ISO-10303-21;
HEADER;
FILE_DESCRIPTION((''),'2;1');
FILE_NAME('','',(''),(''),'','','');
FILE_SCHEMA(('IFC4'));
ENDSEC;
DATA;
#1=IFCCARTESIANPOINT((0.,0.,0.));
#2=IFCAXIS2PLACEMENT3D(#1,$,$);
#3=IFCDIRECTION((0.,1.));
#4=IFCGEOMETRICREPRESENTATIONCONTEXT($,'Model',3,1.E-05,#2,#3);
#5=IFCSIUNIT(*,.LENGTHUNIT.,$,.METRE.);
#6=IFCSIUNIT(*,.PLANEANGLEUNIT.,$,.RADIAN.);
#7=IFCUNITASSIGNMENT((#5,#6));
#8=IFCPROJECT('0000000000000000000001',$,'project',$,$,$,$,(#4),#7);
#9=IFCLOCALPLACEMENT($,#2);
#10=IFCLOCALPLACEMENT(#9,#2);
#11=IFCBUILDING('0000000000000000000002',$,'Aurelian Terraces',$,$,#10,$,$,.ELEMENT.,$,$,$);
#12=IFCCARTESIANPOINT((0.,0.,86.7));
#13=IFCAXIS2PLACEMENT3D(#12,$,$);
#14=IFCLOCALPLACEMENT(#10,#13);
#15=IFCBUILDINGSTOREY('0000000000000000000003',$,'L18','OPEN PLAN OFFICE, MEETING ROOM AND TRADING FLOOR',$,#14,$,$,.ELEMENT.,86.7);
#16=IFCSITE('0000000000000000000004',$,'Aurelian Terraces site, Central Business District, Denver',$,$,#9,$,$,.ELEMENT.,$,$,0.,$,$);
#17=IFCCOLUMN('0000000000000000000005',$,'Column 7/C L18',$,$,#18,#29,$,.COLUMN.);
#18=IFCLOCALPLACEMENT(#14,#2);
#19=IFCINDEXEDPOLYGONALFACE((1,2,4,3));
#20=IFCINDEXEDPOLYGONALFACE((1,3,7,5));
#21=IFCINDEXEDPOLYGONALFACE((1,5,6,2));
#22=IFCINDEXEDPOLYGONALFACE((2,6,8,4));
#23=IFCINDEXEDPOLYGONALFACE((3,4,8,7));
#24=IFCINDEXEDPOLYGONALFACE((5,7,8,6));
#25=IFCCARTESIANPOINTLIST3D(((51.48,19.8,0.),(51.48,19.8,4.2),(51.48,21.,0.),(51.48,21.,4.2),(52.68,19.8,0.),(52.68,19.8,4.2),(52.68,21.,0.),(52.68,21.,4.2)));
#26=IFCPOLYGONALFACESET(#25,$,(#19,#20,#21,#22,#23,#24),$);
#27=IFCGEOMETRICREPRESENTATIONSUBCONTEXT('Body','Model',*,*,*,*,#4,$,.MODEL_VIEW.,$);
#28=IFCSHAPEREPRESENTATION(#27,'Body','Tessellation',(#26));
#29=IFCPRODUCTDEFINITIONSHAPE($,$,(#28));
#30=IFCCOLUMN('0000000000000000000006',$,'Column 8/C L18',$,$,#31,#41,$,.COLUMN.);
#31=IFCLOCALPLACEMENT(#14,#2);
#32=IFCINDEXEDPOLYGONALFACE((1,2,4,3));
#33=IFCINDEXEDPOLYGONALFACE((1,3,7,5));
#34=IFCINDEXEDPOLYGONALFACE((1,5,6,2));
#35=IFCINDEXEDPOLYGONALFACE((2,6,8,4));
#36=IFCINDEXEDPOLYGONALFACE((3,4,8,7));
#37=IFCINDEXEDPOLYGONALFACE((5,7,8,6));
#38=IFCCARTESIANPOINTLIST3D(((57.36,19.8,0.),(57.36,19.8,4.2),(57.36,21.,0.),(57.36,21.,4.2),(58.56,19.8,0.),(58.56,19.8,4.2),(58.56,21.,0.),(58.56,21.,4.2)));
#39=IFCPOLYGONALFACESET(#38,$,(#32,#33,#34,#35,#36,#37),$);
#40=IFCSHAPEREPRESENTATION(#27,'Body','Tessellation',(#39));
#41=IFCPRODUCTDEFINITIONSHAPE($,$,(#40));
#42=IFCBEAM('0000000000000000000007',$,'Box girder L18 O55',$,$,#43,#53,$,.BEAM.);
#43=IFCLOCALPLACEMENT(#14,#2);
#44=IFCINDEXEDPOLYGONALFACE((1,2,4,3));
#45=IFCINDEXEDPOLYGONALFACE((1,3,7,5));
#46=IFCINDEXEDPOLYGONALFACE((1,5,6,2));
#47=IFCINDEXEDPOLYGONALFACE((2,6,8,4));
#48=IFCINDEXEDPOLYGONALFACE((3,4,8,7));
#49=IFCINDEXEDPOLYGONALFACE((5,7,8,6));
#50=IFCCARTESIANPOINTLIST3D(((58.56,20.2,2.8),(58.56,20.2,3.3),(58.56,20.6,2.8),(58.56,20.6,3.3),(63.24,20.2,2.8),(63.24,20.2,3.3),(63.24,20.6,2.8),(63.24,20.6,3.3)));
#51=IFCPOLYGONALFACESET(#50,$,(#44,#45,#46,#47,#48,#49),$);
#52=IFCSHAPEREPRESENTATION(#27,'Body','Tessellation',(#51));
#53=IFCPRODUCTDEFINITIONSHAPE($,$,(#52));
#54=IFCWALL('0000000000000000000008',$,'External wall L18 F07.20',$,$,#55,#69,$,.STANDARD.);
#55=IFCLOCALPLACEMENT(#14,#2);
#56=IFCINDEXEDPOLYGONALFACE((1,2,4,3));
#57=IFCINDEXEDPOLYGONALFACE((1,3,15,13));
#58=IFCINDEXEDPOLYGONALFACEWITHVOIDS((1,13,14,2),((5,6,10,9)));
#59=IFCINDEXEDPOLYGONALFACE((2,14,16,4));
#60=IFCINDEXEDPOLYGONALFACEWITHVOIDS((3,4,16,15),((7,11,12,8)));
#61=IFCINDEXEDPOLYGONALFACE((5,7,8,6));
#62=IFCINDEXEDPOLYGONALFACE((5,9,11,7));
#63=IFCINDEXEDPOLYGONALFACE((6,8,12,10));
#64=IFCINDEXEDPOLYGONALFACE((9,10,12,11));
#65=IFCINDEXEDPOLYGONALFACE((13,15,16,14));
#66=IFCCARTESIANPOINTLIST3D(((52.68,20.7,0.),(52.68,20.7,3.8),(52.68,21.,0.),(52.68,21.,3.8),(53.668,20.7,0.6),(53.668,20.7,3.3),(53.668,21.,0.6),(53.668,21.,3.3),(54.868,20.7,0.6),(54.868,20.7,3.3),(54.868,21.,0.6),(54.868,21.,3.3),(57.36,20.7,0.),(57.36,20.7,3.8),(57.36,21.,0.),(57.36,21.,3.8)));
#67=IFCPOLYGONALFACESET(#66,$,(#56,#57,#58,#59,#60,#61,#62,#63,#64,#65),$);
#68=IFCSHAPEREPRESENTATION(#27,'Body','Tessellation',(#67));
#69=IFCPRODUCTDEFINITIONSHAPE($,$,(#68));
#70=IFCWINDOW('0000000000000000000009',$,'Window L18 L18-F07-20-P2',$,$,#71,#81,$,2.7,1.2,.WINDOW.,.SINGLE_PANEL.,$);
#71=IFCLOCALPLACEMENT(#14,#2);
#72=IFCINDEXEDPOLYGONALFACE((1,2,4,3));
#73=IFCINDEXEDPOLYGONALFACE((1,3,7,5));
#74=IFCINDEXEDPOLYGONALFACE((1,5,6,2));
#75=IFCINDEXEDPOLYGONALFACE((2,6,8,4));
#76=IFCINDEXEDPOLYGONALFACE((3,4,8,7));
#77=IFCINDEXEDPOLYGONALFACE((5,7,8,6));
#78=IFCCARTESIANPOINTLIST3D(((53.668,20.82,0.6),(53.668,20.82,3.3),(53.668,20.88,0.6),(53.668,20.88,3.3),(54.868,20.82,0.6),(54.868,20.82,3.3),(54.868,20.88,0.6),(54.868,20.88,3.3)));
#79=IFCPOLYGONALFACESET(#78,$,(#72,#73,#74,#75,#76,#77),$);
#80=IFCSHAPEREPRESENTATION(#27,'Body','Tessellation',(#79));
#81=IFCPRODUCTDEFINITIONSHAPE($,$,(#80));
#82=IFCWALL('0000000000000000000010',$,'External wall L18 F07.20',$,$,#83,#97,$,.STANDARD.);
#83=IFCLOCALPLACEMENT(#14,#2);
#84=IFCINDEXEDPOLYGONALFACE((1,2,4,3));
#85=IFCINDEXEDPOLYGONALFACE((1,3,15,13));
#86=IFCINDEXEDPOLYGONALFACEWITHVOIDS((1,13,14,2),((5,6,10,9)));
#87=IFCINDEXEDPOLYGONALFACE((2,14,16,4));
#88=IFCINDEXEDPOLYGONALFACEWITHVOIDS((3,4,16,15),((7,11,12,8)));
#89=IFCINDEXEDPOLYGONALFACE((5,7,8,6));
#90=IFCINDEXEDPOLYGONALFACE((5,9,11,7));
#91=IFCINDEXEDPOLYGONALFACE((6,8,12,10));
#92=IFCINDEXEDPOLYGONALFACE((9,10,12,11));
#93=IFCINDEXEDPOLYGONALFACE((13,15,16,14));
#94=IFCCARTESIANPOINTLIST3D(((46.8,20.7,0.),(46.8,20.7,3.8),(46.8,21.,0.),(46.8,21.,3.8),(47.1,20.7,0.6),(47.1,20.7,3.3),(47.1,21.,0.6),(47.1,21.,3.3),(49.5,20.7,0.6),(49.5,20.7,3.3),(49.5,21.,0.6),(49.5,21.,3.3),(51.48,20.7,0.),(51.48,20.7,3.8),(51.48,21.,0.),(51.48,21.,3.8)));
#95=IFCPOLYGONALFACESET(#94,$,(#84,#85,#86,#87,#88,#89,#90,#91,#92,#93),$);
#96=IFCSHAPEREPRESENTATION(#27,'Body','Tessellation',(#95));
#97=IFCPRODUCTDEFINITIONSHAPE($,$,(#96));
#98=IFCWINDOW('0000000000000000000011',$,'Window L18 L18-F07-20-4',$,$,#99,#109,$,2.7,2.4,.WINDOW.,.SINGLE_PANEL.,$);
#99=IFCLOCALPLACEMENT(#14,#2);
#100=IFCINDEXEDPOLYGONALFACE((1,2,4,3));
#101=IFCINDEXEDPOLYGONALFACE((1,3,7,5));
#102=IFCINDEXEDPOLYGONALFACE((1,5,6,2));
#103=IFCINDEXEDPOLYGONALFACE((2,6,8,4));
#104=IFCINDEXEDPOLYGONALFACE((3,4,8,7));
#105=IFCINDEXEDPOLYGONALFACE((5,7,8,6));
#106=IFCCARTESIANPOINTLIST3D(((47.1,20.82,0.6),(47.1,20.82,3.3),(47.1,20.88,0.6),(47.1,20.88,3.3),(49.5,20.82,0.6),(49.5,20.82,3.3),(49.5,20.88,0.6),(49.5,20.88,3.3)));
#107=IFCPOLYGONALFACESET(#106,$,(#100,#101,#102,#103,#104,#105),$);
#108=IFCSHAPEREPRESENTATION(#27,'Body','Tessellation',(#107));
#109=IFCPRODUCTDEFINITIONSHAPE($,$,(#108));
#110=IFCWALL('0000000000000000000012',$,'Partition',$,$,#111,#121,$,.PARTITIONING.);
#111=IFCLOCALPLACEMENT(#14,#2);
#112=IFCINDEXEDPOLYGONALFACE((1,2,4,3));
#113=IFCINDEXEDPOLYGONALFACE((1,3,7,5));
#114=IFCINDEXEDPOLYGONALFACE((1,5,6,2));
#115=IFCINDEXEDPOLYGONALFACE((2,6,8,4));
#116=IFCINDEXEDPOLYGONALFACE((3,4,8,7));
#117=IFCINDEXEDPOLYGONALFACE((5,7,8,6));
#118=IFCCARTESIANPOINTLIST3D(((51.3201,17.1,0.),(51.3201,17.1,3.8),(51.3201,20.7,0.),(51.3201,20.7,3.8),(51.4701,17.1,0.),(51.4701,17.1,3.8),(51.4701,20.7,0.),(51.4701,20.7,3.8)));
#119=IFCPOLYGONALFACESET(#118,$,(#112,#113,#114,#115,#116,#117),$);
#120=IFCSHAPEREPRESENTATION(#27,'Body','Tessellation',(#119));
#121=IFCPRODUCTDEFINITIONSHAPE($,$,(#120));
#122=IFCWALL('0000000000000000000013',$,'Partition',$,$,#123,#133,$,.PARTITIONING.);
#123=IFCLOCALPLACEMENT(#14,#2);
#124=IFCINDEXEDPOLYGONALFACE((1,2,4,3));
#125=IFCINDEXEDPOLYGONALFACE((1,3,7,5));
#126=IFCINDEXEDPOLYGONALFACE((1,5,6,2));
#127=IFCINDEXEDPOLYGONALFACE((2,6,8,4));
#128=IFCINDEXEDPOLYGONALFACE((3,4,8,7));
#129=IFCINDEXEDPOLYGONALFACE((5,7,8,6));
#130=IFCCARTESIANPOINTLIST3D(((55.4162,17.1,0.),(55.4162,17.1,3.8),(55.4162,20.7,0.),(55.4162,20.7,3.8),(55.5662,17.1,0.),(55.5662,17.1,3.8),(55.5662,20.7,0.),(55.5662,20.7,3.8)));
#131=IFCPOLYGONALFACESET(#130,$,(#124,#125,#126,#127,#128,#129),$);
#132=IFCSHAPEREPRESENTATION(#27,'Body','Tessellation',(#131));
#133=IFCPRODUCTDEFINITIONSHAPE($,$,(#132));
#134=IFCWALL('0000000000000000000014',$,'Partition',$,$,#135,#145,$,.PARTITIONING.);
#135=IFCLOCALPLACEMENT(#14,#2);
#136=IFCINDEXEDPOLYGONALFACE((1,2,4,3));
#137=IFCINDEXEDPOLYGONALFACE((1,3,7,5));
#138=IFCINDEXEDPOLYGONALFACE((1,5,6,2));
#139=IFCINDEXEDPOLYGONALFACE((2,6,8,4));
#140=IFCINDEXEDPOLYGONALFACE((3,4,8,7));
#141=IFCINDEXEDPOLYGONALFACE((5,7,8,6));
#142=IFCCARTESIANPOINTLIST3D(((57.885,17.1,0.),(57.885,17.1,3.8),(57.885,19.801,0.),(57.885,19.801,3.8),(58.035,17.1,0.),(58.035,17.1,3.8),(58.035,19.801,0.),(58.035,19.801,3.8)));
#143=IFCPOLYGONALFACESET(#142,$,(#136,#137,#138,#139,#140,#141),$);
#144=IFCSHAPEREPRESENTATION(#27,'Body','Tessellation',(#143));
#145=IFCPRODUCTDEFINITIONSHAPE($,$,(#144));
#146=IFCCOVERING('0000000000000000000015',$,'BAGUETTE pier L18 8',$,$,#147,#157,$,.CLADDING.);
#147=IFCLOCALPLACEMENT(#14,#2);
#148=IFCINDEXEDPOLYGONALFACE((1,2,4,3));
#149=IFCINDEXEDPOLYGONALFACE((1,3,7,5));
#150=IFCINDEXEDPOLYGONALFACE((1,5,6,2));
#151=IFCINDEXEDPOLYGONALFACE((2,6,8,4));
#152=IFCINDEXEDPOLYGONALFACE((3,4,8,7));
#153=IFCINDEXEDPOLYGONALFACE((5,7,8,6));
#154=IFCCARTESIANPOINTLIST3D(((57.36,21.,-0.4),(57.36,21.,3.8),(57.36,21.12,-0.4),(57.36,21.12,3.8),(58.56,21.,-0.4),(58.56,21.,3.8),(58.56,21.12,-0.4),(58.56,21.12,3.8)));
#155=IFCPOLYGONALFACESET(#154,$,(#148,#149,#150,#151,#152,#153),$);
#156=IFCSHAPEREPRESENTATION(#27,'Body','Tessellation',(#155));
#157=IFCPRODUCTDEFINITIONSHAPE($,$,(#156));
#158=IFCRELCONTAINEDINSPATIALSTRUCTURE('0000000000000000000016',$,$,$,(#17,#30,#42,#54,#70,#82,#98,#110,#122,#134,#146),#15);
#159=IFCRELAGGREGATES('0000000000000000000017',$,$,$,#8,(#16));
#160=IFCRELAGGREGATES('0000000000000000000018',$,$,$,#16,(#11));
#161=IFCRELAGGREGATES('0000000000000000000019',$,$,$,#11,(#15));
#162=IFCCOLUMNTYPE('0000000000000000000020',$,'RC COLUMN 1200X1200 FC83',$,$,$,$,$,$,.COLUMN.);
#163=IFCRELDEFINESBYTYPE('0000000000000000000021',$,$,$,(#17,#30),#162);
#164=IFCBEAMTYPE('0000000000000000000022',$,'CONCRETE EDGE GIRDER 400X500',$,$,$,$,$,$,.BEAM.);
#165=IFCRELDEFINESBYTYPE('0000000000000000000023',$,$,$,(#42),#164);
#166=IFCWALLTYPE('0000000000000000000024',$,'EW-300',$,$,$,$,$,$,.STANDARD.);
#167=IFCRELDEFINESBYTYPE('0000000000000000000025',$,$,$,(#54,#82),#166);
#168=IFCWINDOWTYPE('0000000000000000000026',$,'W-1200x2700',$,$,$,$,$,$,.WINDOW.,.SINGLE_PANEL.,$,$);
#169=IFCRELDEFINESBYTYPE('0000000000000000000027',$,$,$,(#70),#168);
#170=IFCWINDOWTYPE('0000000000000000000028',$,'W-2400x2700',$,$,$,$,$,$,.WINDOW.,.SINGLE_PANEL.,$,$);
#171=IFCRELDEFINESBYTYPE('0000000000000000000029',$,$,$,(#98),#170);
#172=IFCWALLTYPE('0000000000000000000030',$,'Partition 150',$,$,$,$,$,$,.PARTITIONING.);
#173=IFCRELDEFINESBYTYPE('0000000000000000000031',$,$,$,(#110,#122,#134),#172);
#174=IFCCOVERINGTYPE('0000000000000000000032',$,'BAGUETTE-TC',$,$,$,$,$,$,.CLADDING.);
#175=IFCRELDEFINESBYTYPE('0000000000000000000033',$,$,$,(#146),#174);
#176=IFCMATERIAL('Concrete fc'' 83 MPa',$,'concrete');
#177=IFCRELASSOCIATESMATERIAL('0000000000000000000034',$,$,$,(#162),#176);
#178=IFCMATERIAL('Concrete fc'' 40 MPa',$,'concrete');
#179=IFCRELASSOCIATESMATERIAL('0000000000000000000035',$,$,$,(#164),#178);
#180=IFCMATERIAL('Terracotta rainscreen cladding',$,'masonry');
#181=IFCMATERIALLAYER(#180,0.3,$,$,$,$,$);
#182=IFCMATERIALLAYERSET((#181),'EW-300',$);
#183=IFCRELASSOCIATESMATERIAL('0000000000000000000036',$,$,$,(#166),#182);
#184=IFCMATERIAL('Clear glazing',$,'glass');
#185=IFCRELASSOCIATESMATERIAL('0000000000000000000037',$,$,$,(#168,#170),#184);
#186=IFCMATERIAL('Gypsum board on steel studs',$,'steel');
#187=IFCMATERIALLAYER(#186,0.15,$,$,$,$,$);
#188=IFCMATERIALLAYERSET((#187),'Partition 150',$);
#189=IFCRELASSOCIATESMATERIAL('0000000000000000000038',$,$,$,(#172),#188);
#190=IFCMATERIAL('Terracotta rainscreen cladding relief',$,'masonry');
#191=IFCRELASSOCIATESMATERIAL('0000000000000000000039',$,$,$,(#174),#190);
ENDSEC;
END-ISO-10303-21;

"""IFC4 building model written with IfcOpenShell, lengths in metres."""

from ifc_helpers import new_model, si_unit, direction, frame, frame_2d, origin, origin_2d, place, context, subcontext, project, spatial, rectangle, extrude, source, transform, mapped, material, layer, layer_set, material_profile, profile_set, type_object, element, fill, save


model = new_model("IFC4")

# Units and contexts
model_context = context("Model", 3, precision=1e-05, world=origin(), true_north=direction((0.0, 1.0)))
body_context = subcontext(model_context, "Body", "Model", "MODEL_VIEW")
ifc_project = project(units=[si_unit("LENGTHUNIT", "METRE"), si_unit("PLANEANGLEUNIT", "RADIAN")], contexts=[model_context])

# Site, building, storey
site_placement = place(None, origin())
site = spatial("IfcSite", under=ifc_project, at=site_placement, Name="Aurelian Terraces site, Central Business District, Denver", CompositionType="ELEMENT", RefElevation=0.0)
building_placement = place(site_placement, origin())
building = spatial("IfcBuilding", under=site, at=building_placement, Name="Aurelian Terraces", CompositionType="ELEMENT")
storey_placement = place(building_placement, frame((0.0, 0.0, 86.7)))
storey = spatial("IfcBuildingStorey", under=building, at=storey_placement, Name="L18", Description="OPEN PLAN OFFICE, MEETING ROOM AND TRADING FLOOR", CompositionType="ELEMENT", Elevation=86.7)

# Columns
ifc_material_1 = material(Name="Concrete fc' 83 MPa", Category="concrete")
ifc_material_profile_1 = material_profile(ifc_material_1, rectangle(XDim=1.2, YDim=1.2, at=origin_2d()))
ifc_profile_set_1 = profile_set([ifc_material_profile_1], Name="Concrete fc' 83 MPa")
column_type = type_object("IfcColumnType", Name="RC COLUMN 1200X1200 FC83", PredefinedType="COLUMN", material=ifc_profile_set_1)
shared_shape_1 = source(origin(), body_context, "Body", "SweptSolid", [
    extrude(rectangle(XDim=1.2, YDim=1.2, at=origin_2d()), origin(), (0.0, 0.0, 1.0), 4.2),
])
for number, where, z_axis, x_axis, name in (
    (1, (52.08, 20.4, 0.0), (0.0, 0.0, 1.0), (1.0, 0.0, 0.0), "Column 7/C L18"),
    (2, (57.96, 20.4, 0.0), (0.0, 0.0, 1.0), (1.0, 0.0, 0.0), "Column 8/C L18"),
):
    element("IfcColumn", number, at=place(storey_placement, frame(where, z_axis=z_axis, x_axis=x_axis)), inside=storey, type_object=column_type, Name=name, PredefinedType="COLUMN", context=body_context, shape_type="MappedRepresentation", body=[
        mapped(shared_shape_1, transform((0.0, 0.0, 0.0), scale=1.0)),
    ])

# Beam
ifc_material_2 = material(Name="Concrete fc' 40 MPa", Category="concrete")
ifc_material_profile_2 = material_profile(ifc_material_2, rectangle(XDim=0.4, YDim=0.5, at=origin_2d()))
ifc_profile_set_2 = profile_set([ifc_material_profile_2], Name="Concrete fc' 40 MPa")
beam_type = type_object("IfcBeamType", Name="CONCRETE EDGE GIRDER 400X500", PredefinedType="BEAM", material=ifc_profile_set_2)
shared_shape_2 = source(origin(), body_context, "Body", "SweptSolid", [
    extrude(rectangle(XDim=0.4, YDim=0.5, at=origin_2d()), origin(), (0.0, 0.0, 1.0), 4.68),
])
beam_placement = place(storey_placement, frame((58.56, 20.4, 3.05), z_axis=(1.0, 0.0, 0.0), x_axis=(0.0, 1.0, 0.0)))
element("IfcBeam", 3, at=beam_placement, inside=storey, type_object=beam_type, Name="Box girder L18 O55", PredefinedType="BEAM", context=body_context, shape_type="MappedRepresentation", body=[
    mapped(shared_shape_2, transform((0.0, 0.0, 0.0), scale=1.0)),
])

# Walls, openings, windows
ifc_material_3 = material(Name="Terracotta rainscreen cladding", Category="masonry")
ifc_layer_1 = layer(ifc_material_3, 0.3)
ifc_layer_set_1 = layer_set([ifc_layer_1], Name="EW-300")
wall_type_1 = type_object("IfcWallType", Name="EW-300", PredefinedType="STANDARD", material=ifc_layer_set_1)
shared_shape_3 = source(origin(), body_context, "Body", "SweptSolid", [
    extrude(rectangle(XDim=4.68, YDim=0.3, at=frame_2d((2.34, 0.0))), origin(), (0.0, 0.0, 1.0), 3.8),
])
wall_1_placement = place(storey_placement, frame((57.36, 20.85, 0.0), z_axis=(0.0, 0.0, 1.0), x_axis=(-1.0, 0.0, 0.0)))
wall_1 = element("IfcWall", 4, at=wall_1_placement, inside=storey, type_object=wall_type_1, Name="External wall L18 F07.20", PredefinedType="STANDARD", context=body_context, shape_type="MappedRepresentation", body=[
    mapped(shared_shape_3, transform((0.0, 0.0, 0.0), scale=1.0)),
])
shared_shape_4 = source(origin(), body_context, "Body", "SweptSolid", [
    extrude(rectangle(XDim=1.2, YDim=2.7, at=frame_2d((0.6, 1.35))), frame((0.0, 0.16, 0.0), z_axis=(0.0, -1.0, 0.0), x_axis=(1.0, 0.0, 0.0)), (0.0, 0.0, 1.0), 0.32),
])
opening_1_placement = place(wall_1_placement, frame((2.492, 0.0, 0.6)))
opening_1 = element("IfcOpeningElement", 5, at=opening_1_placement, cuts=wall_1, PredefinedType="OPENING", context=body_context, shape_type="MappedRepresentation", body=[
    mapped(shared_shape_4, transform((0.0, 0.0, 0.0), scale=1.0)),
])
ifc_material_4 = material(Name="Clear glazing", Category="glass")
window_type_1 = type_object("IfcWindowType", Name="W-1200x2700", PartitioningType="SINGLE_PANEL", PredefinedType="WINDOW", material=ifc_material_4)
shared_shape_5 = source(origin(), body_context, "Body", "SweptSolid", [
    extrude(rectangle(XDim=1.2, YDim=2.7, at=frame_2d((0.6, 1.35))), frame((0.0, 0.03, 0.0), z_axis=(0.0, -1.0, 0.0), x_axis=(1.0, 0.0, 0.0)), (0.0, 0.0, 1.0), 0.06),
])
window_1_placement = place(opening_1_placement, origin())
window_1 = element("IfcWindow", 6, at=window_1_placement, inside=storey, type_object=window_type_1, Name="Window L18 L18-F07-20-P2", OverallHeight=2.7, OverallWidth=1.2, PartitioningType="SINGLE_PANEL", PredefinedType="WINDOW", context=body_context, shape_type="MappedRepresentation", body=[
    mapped(shared_shape_5, transform((0.0, 0.0, 0.0), scale=1.0)),
])
fill(opening_1, window_1)
wall_2_placement = place(storey_placement, frame((51.48, 20.85, 0.0), z_axis=(0.0, 0.0, 1.0), x_axis=(-1.0, 0.0, 0.0)))
wall_2 = element("IfcWall", 7, at=wall_2_placement, inside=storey, type_object=wall_type_1, Name="External wall L18 F07.20", PredefinedType="STANDARD", context=body_context, shape_type="MappedRepresentation", body=[
    mapped(shared_shape_3, transform((0.0, 0.0, 0.0), scale=1.0)),
])
shared_shape_6 = source(origin(), body_context, "Body", "SweptSolid", [
    extrude(rectangle(XDim=2.4, YDim=2.7, at=frame_2d((1.2, 1.35))), frame((0.0, 0.16, 0.0), z_axis=(0.0, -1.0, 0.0), x_axis=(1.0, 0.0, 0.0)), (0.0, 0.0, 1.0), 0.32),
])
opening_2_placement = place(wall_2_placement, frame((1.98, 0.0, 0.6)))
opening_2 = element("IfcOpeningElement", 8, at=opening_2_placement, cuts=wall_2, PredefinedType="OPENING", context=body_context, shape_type="MappedRepresentation", body=[
    mapped(shared_shape_6, transform((0.0, 0.0, 0.0), scale=1.0)),
])
window_type_2 = type_object("IfcWindowType", Name="W-2400x2700", PartitioningType="SINGLE_PANEL", PredefinedType="WINDOW", material=ifc_material_4)
shared_shape_7 = source(origin(), body_context, "Body", "SweptSolid", [
    extrude(rectangle(XDim=2.4, YDim=2.7, at=frame_2d((1.2, 1.35))), frame((0.0, 0.03, 0.0), z_axis=(0.0, -1.0, 0.0), x_axis=(1.0, 0.0, 0.0)), (0.0, 0.0, 1.0), 0.06),
])
window_2_placement = place(opening_2_placement, origin())
window_2 = element("IfcWindow", 9, at=window_2_placement, inside=storey, type_object=window_type_2, Name="Window L18 L18-F07-20-4", OverallHeight=2.7, OverallWidth=2.4, PartitioningType="SINGLE_PANEL", PredefinedType="WINDOW", context=body_context, shape_type="MappedRepresentation", body=[
    mapped(shared_shape_7, transform((0.0, 0.0, 0.0), scale=1.0)),
])
fill(opening_2, window_2)

# Walls
ifc_material_5 = material(Name="Gypsum board on steel studs", Category="steel")
ifc_layer_2 = layer(ifc_material_5, 0.15)
ifc_layer_set_2 = layer_set([ifc_layer_2], Name="Partition 150")
wall_type_2 = type_object("IfcWallType", Name="Partition 150", PredefinedType="PARTITIONING", material=ifc_layer_set_2)
shared_shape_8 = source(origin(), body_context, "Body", "SweptSolid", [
    extrude(rectangle(XDim=3.6, YDim=0.15, at=frame_2d((1.8, 0.0))), origin(), (0.0, 0.0, 1.0), 3.8),
])
for number, where, z_axis, x_axis, name in (
    (10, (51.3951, 20.7, 0.0), (0.0, 0.0, 1.0), (0.0, -1.0, 0.0), "Partition"),
    (11, (55.4912, 20.7, 0.0), (0.0, 0.0, 1.0), (0.0, -1.0, 0.0), "Partition"),
):
    element("IfcWall", number, at=place(storey_placement, frame(where, z_axis=z_axis, x_axis=x_axis)), inside=storey, type_object=wall_type_2, Name=name, PredefinedType="PARTITIONING", context=body_context, shape_type="MappedRepresentation", body=[
        mapped(shared_shape_8, transform((0.0, 0.0, 0.0), scale=1.0)),
    ])
shared_shape_9 = source(origin(), body_context, "Body", "SweptSolid", [
    extrude(rectangle(XDim=2.701, YDim=0.15, at=frame_2d((1.3505, 0.0))), origin(), (0.0, 0.0, 1.0), 3.8),
])
wall_3_placement = place(storey_placement, frame((57.96, 17.1, 0.0), z_axis=(0.0, 0.0, 1.0), x_axis=(0.0, 1.0, 0.0)))
element("IfcWall", 12, at=wall_3_placement, inside=storey, type_object=wall_type_2, Name="Partition", PredefinedType="PARTITIONING", context=body_context, shape_type="MappedRepresentation", body=[
    mapped(shared_shape_9, transform((0.0, 0.0, 0.0), scale=1.0)),
])

# Covering
ifc_material_6 = material(Name="Terracotta rainscreen cladding relief", Category="masonry")
covering_type = type_object("IfcCoveringType", Name="BAGUETTE-TC", PredefinedType="CLADDING", material=ifc_material_6)
shared_shape_10 = source(origin(), body_context, "Body", "SweptSolid", [
    extrude(rectangle(XDim=1.2, YDim=0.12, at=origin_2d()), origin(), (0.0, 0.0, 1.0), 4.2),
])
covering_placement = place(storey_placement, frame((57.96, 21.06, -0.4), z_axis=(0.0, 0.0, 1.0), x_axis=(1.0, 0.0, 0.0)))
element("IfcCovering", 13, at=covering_placement, inside=storey, type_object=covering_type, Name="BAGUETTE pier L18 8", PredefinedType="CLADDING", context=body_context, shape_type="MappedRepresentation", body=[
    mapped(shared_shape_10, transform((0.0, 0.0, 0.0), scale=1.0)),
])

save(model, "model.ifc")
